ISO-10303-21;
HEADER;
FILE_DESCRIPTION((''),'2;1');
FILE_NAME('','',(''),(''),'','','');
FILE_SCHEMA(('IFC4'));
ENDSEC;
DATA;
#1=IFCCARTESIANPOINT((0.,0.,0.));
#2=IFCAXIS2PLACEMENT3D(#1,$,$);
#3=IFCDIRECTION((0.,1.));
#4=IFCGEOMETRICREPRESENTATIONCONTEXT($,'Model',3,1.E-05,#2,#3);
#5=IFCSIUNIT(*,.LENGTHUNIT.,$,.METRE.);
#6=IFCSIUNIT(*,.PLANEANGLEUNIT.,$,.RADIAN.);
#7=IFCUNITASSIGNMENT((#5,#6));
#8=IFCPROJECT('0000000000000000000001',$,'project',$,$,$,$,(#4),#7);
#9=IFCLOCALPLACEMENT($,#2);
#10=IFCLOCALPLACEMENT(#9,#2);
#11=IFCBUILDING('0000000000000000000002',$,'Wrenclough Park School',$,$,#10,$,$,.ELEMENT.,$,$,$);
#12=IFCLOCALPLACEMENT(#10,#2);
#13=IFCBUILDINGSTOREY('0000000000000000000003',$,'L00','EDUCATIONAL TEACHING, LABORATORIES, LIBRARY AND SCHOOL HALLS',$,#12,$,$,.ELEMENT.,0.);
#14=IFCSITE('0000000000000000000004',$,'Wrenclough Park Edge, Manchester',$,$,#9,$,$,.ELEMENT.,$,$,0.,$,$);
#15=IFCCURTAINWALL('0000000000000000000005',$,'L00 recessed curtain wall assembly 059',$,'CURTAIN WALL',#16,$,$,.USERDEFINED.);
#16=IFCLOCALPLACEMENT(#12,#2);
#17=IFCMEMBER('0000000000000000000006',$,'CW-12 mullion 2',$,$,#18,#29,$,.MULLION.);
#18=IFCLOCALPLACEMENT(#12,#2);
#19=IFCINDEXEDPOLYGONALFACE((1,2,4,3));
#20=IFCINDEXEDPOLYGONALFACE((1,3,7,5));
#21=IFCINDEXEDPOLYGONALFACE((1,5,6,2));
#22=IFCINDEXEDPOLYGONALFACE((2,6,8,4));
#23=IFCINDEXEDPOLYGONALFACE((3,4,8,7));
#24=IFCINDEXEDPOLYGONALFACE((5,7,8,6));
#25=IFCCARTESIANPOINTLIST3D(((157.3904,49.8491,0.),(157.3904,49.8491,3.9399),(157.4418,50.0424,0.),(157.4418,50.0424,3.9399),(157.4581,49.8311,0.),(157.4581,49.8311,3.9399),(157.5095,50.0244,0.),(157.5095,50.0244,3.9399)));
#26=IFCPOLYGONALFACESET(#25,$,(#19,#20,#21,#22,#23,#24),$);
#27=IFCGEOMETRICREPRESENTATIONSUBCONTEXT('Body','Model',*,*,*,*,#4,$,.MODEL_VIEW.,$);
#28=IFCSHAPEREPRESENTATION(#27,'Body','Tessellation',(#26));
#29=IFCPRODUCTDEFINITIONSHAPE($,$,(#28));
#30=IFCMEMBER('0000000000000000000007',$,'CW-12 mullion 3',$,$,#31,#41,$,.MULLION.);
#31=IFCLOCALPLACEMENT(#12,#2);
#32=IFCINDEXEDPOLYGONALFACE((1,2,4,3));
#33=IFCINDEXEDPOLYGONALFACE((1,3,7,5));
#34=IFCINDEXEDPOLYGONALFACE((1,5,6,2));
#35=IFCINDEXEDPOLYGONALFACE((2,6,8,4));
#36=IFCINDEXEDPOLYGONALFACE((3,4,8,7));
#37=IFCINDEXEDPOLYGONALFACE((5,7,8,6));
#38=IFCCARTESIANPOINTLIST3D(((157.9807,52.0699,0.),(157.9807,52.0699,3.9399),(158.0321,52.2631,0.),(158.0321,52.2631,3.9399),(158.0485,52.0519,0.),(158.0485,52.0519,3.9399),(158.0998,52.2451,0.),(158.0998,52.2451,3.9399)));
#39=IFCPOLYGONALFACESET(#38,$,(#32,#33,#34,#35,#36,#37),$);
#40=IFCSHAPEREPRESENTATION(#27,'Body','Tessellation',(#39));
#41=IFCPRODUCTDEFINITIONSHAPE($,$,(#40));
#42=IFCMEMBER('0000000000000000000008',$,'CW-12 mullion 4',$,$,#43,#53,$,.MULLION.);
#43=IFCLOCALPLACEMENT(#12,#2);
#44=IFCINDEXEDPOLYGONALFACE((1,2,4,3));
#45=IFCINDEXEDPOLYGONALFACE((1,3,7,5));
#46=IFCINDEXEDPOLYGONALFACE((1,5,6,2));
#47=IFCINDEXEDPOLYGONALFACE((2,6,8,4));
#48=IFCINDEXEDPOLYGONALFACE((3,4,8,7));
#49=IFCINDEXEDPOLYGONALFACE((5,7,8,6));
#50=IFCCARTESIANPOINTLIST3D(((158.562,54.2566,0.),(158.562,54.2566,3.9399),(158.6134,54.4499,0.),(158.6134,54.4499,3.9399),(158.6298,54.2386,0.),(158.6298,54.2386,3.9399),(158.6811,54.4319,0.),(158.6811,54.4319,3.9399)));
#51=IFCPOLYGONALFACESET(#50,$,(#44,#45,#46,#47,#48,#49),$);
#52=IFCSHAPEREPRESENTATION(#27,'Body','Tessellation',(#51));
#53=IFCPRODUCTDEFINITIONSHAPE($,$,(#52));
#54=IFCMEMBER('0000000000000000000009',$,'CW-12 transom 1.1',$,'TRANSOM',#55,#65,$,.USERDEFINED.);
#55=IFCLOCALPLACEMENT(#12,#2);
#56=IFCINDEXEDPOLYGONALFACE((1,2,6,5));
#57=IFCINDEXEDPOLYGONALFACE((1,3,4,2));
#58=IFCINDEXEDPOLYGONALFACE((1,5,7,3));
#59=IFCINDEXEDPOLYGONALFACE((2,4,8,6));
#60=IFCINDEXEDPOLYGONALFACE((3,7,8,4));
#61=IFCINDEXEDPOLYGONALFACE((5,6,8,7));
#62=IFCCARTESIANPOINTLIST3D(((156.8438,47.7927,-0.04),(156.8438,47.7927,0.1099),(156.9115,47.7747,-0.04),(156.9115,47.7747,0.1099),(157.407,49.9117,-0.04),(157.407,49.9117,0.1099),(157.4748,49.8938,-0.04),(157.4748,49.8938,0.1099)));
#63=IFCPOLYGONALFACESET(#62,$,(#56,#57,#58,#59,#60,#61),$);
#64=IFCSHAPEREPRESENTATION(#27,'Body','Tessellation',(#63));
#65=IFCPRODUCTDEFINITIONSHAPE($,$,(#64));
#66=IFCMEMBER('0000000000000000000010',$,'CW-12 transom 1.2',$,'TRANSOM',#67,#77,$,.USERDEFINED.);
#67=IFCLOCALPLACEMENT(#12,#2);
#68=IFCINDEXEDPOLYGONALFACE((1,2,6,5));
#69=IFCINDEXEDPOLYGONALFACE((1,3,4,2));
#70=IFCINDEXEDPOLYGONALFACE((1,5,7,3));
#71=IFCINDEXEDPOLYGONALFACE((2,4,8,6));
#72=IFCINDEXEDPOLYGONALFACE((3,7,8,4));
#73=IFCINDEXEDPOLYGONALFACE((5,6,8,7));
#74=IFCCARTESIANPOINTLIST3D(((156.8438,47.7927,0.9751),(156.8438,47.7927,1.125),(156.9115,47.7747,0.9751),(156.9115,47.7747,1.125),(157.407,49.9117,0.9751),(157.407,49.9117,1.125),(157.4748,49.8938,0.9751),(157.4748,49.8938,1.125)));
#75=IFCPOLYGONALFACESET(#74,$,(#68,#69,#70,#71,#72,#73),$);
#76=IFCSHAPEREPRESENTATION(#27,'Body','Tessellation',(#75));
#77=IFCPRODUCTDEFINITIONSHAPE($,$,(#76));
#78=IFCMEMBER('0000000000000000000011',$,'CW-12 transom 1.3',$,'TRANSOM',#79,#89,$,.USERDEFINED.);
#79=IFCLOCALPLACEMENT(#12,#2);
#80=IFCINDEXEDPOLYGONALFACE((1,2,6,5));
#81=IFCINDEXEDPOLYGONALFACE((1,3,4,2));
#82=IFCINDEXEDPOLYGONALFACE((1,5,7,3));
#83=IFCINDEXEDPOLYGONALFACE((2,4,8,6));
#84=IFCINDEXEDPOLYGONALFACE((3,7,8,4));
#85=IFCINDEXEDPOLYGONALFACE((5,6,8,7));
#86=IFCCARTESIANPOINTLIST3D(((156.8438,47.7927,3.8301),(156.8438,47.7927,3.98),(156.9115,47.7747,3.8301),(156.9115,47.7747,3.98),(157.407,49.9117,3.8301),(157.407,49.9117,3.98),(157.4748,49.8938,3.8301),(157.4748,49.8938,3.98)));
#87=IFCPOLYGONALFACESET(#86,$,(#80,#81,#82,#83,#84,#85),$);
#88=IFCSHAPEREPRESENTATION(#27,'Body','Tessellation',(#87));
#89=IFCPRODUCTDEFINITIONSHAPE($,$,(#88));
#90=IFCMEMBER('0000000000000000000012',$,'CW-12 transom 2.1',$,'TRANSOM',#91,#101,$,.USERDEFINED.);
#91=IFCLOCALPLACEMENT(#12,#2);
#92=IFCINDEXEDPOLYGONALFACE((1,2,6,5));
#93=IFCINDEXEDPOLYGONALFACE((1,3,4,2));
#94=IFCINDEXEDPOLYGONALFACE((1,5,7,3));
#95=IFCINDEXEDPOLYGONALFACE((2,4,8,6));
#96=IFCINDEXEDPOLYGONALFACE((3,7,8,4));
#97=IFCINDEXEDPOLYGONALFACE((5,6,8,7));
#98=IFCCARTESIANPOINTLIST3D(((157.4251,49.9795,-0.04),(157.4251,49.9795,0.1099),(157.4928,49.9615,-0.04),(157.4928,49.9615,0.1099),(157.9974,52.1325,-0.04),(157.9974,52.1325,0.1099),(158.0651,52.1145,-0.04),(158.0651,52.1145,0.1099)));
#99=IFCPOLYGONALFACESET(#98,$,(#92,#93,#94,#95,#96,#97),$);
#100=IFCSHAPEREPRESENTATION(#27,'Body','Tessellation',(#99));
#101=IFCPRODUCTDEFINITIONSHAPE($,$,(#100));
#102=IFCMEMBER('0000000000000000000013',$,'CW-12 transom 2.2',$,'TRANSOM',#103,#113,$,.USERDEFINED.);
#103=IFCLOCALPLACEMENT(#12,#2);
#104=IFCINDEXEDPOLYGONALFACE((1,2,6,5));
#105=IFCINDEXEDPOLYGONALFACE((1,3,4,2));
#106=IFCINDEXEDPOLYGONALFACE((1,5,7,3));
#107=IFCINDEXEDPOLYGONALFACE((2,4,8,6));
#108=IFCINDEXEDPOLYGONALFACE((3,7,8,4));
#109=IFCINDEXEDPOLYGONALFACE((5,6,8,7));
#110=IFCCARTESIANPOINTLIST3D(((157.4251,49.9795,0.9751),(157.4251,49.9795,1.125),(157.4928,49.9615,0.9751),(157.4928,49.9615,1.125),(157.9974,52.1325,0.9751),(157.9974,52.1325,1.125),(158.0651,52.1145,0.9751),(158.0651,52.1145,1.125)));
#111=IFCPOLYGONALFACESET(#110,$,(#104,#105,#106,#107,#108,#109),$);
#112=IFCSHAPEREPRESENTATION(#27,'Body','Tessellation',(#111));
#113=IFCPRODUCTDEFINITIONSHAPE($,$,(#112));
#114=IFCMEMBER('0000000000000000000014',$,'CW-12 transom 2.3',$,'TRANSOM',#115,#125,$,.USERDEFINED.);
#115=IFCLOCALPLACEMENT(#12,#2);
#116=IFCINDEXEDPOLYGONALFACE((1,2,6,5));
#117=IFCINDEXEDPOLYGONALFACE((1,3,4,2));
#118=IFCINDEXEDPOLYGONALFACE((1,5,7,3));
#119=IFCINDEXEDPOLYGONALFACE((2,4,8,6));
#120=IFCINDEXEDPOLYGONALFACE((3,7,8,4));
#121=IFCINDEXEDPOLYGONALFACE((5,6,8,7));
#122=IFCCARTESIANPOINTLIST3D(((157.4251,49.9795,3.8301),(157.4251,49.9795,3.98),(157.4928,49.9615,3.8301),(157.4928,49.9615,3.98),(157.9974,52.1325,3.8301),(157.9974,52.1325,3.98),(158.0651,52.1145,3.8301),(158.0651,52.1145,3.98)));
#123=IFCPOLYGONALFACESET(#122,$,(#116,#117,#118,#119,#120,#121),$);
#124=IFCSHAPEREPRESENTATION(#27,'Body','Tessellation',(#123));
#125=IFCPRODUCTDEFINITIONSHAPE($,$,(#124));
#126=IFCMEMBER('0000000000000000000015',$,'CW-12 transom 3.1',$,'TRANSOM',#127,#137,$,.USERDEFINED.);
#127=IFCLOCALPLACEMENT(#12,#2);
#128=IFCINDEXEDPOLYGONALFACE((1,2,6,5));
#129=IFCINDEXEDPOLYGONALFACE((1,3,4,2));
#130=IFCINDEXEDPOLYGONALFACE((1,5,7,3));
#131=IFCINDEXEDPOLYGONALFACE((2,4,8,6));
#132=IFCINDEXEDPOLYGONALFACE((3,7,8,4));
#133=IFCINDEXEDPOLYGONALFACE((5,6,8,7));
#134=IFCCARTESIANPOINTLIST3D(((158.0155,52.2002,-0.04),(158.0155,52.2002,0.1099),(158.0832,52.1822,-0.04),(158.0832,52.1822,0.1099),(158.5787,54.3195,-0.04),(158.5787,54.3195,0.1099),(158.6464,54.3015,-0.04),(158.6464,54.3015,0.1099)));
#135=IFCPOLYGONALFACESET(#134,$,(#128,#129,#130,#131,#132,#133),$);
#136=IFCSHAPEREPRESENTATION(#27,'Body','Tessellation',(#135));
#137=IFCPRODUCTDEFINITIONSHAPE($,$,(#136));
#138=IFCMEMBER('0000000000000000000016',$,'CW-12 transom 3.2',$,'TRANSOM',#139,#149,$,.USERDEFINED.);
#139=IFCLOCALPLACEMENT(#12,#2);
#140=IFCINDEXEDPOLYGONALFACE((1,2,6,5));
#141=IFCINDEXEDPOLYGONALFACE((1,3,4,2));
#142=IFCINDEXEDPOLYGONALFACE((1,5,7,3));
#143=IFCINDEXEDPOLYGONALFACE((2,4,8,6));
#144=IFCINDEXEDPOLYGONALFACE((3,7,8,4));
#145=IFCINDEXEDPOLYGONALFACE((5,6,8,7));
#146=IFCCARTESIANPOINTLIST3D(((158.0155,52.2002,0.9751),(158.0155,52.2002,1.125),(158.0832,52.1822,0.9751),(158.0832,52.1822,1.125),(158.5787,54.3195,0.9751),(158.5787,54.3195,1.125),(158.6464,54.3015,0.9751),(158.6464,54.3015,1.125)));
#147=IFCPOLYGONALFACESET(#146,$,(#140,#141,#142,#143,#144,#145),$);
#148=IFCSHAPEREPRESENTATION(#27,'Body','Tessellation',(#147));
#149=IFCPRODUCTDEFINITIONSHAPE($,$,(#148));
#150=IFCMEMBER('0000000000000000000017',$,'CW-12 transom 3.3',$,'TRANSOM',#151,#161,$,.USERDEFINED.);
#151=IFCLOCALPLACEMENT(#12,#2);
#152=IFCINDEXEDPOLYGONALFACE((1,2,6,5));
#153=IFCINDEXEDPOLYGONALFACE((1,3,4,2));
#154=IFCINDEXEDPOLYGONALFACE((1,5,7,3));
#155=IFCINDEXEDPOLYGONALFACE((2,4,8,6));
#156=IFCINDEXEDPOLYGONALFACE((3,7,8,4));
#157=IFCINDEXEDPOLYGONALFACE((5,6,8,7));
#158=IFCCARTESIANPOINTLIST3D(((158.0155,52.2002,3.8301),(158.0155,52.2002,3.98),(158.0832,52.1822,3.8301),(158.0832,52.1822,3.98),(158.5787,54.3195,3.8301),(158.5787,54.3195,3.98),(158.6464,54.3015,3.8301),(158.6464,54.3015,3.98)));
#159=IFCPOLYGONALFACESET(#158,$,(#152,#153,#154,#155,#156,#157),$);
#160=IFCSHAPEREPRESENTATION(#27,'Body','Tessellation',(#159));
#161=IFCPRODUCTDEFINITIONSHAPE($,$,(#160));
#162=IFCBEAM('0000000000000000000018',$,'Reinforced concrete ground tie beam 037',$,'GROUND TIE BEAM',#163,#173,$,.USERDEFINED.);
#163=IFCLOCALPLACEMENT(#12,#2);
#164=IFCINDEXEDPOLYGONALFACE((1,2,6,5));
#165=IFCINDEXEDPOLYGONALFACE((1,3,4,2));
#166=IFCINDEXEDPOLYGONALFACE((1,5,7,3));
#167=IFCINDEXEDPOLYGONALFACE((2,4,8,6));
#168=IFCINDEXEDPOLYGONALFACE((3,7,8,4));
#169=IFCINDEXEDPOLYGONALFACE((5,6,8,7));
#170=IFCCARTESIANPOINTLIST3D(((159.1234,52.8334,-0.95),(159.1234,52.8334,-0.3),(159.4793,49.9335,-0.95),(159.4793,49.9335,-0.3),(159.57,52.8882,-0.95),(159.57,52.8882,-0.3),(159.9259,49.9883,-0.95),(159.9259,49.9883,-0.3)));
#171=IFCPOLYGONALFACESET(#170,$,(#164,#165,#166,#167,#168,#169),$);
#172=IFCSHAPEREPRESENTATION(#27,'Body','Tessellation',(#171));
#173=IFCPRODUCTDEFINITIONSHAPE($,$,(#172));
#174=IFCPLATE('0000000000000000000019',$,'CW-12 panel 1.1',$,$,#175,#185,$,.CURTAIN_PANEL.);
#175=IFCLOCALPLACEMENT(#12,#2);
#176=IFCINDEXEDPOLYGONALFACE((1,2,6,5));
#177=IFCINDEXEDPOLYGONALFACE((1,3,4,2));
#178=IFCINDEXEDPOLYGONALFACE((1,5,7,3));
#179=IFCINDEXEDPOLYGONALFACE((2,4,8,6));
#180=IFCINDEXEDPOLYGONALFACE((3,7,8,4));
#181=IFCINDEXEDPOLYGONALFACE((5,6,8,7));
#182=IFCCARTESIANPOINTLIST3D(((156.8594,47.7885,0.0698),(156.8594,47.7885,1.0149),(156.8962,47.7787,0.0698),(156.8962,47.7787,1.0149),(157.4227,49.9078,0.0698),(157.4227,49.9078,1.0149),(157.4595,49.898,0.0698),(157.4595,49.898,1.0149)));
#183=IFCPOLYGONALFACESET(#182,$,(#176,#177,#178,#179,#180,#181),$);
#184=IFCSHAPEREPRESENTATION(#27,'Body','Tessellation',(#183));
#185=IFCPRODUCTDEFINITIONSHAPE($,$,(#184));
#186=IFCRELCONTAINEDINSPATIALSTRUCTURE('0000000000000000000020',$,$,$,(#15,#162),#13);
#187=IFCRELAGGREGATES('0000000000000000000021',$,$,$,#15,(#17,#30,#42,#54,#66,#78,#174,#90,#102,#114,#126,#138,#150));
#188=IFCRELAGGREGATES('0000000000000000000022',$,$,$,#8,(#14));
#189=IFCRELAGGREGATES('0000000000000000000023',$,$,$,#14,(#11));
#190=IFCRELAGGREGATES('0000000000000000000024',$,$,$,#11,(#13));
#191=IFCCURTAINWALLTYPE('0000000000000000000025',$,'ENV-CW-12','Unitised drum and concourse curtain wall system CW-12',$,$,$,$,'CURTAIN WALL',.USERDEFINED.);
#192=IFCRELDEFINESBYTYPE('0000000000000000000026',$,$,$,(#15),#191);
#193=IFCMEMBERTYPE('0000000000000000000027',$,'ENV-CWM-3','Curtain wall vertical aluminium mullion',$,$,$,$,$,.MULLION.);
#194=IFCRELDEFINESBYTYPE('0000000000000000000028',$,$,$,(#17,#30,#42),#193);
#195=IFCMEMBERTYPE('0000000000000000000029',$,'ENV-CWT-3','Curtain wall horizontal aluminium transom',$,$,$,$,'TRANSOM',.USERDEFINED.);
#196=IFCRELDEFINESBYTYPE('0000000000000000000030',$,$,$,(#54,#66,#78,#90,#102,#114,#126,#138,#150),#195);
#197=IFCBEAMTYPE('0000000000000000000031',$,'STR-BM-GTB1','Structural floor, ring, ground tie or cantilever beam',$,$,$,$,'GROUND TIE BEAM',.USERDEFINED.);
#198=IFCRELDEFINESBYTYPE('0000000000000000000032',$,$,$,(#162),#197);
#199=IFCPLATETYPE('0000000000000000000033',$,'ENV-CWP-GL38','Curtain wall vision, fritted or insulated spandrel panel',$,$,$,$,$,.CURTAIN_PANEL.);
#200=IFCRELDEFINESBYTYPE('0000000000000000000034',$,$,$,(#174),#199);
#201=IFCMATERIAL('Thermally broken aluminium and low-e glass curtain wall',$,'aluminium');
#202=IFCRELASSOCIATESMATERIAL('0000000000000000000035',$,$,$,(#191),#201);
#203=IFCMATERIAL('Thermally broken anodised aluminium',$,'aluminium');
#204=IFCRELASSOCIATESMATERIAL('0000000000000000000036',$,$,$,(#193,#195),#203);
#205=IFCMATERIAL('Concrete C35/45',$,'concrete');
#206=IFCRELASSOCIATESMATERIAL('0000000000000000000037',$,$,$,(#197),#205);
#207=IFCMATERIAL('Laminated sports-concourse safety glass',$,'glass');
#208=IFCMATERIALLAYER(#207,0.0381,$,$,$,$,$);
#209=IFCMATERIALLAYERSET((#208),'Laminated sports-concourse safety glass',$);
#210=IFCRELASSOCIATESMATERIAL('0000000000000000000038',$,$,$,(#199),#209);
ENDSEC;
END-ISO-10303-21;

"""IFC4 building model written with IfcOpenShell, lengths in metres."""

from ifc_helpers import new_model, si_unit, direction, frame, origin, origin_2d, place, context, subcontext, project, spatial, rectangle, extrude, material, layer, layer_set, material_profile, profile_set, type_object, element, aggregate, save


model = new_model("IFC4")

# Units and contexts
model_context = context("Model", 3, precision=1e-05, world=origin(), true_north=direction((0.0, 1.0)))
body_context = subcontext(model_context, "Body", "Model", "MODEL_VIEW")
ifc_project = project(units=[si_unit("LENGTHUNIT", "METRE"), si_unit("PLANEANGLEUNIT", "RADIAN")], contexts=[model_context])

# Site, building, storey
site_placement = place(None, origin())
site = spatial("IfcSite", under=ifc_project, at=site_placement, Name="Wrenclough Park Edge, Manchester", CompositionType="ELEMENT", RefElevation=0.0)
building_placement = place(site_placement, origin())
building = spatial("IfcBuilding", under=site, at=building_placement, Name="Wrenclough Park School", CompositionType="ELEMENT")
storey_placement = place(building_placement, origin())
storey = spatial("IfcBuildingStorey", under=building, at=storey_placement, Name="L00", Description="EDUCATIONAL TEACHING, LABORATORIES, LIBRARY AND SCHOOL HALLS", CompositionType="ELEMENT", Elevation=0.0)

# Shared definitions
ifc_material_1 = material(Name="Concrete C35/45", Category="concrete")

# Shared definitions
ifc_material_2 = material(Name="Thermally broken aluminium and low-e glass curtain wall", Category="aluminium")
ifc_material_3 = material(Name="Thermally broken anodised aluminium", Category="aluminium")

# Curtain wall, members
curtain_wall_type_1 = type_object("IfcCurtainWallType", Name="ENV-CW-12", Description="Unitised drum and concourse curtain wall system CW-12", ElementType="CURTAIN WALL", PredefinedType="USERDEFINED", material=ifc_material_2)
curtain_wall_1_placement = place(storey_placement, origin())
curtain_wall_1 = element("IfcCurtainWall", 1, at=curtain_wall_1_placement, inside=storey, type_object=curtain_wall_type_1, Name="L00 recessed curtain wall assembly 059", ObjectType="CURTAIN WALL", PredefinedType="USERDEFINED")
ifc_material_profile_1 = material_profile(ifc_material_3, rectangle(XDim=0.0701, YDim=0.2, at=origin_2d()), Name="AL MULLION 70x200")
ifc_profile_set_1 = profile_set([ifc_material_profile_1], Name="Thermally broken anodised aluminium")
member_type_1 = type_object("IfcMemberType", Name="ENV-CWM-3", Description="Curtain wall vertical aluminium mullion", PredefinedType="MULLION", material=ifc_profile_set_1)
member_1_placement = place(storey_placement, frame((157.45, 49.9368, 0.0), z_axis=(0.0, 0.0, 1.0), x_axis=(-0.966439, 0.256896, 0.0)))
member_1 = element("IfcMember", 2, at=member_1_placement, type_object=member_type_1, Name="CW-12 mullion 2", PredefinedType="MULLION", context=body_context, shape_type="SweptSolid", body=[
    extrude(rectangle(XDim=0.0701, YDim=0.2, at=origin_2d()), origin(), (0.0, 0.0, 1.0), 3.9399),
])
member_2_placement = place(storey_placement, frame((158.0403, 52.1575, 0.0), z_axis=(0.0, 0.0, 1.0), x_axis=(-0.966439, 0.256896, 0.0)))
member_2 = element("IfcMember", 3, at=member_2_placement, type_object=member_type_1, Name="CW-12 mullion 3", PredefinedType="MULLION", context=body_context, shape_type="SweptSolid", body=[
    extrude(rectangle(XDim=0.0701, YDim=0.2, at=origin_2d()), origin(), (0.0, 0.0, 1.0), 3.9399),
])
member_3_placement = place(storey_placement, frame((158.6216, 54.3442, 0.0), z_axis=(0.0, 0.0, 1.0), x_axis=(-0.966439, 0.256896, 0.0)))
member_3 = element("IfcMember", 4, at=member_3_placement, type_object=member_type_1, Name="CW-12 mullion 4", PredefinedType="MULLION", context=body_context, shape_type="SweptSolid", body=[
    extrude(rectangle(XDim=0.0701, YDim=0.2, at=origin_2d()), origin(), (0.0, 0.0, 1.0), 3.9399),
])
ifc_material_profile_2 = material_profile(ifc_material_3, rectangle(XDim=0.0701, YDim=0.1499, at=origin_2d()), Name="AL TRANSOM 70x150")
ifc_profile_set_2 = profile_set([ifc_material_profile_2], Name="Thermally broken anodised aluminium")
member_type_2 = type_object("IfcMemberType", Name="ENV-CWT-3", Description="Curtain wall horizontal aluminium transom", ElementType="TRANSOM", PredefinedType="USERDEFINED", material=ifc_profile_set_2)
member_4_placement = place(storey_placement, frame((156.8777, 47.7837, 0.0349), z_axis=(0.256866, 0.966447, 0.0), x_axis=(-0.966447, 0.256866, 0.0)))
member_4 = element("IfcMember", 5, at=member_4_placement, type_object=member_type_2, Name="CW-12 transom 1.1", ObjectType="TRANSOM", PredefinedType="USERDEFINED", context=body_context, shape_type="SweptSolid", body=[
    extrude(rectangle(XDim=0.0701, YDim=0.1499, at=origin_2d()), origin(), (0.0, 0.0, 1.0), 2.1926),
])
member_5_placement = place(storey_placement, frame((156.8777, 47.7837, 1.05), z_axis=(0.256866, 0.966447, 0.0), x_axis=(-0.966447, 0.256866, 0.0)))
member_5 = element("IfcMember", 6, at=member_5_placement, type_object=member_type_2, Name="CW-12 transom 1.2", ObjectType="TRANSOM", PredefinedType="USERDEFINED", context=body_context, shape_type="SweptSolid", body=[
    extrude(rectangle(XDim=0.0701, YDim=0.1499, at=origin_2d()), origin(), (0.0, 0.0, 1.0), 2.1926),
])
member_6_placement = place(storey_placement, frame((156.8777, 47.7837, 3.905), z_axis=(0.256866, 0.966447, 0.0), x_axis=(-0.966447, 0.256866, 0.0)))
member_6 = element("IfcMember", 7, at=member_6_placement, type_object=member_type_2, Name="CW-12 transom 1.3", ObjectType="TRANSOM", PredefinedType="USERDEFINED", context=body_context, shape_type="SweptSolid", body=[
    extrude(rectangle(XDim=0.0701, YDim=0.1499, at=origin_2d()), origin(), (0.0, 0.0, 1.0), 2.1926),
])
member_7_placement = place(storey_placement, frame((157.459, 49.9705, 0.0349), z_axis=(0.256871, 0.966446, 0.0), x_axis=(-0.966446, 0.256871, 0.0)))
member_7 = element("IfcMember", 8, at=member_7_placement, type_object=member_type_2, Name="CW-12 transom 2.1", ObjectType="TRANSOM", PredefinedType="USERDEFINED", context=body_context, shape_type="SweptSolid", body=[
    extrude(rectangle(XDim=0.0701, YDim=0.1499, at=origin_2d()), origin(), (0.0, 0.0, 1.0), 2.2278),
])
member_8_placement = place(storey_placement, frame((157.459, 49.9705, 1.05), z_axis=(0.256871, 0.966446, 0.0), x_axis=(-0.966446, 0.256871, 0.0)))
member_8 = element("IfcMember", 9, at=member_8_placement, type_object=member_type_2, Name="CW-12 transom 2.2", ObjectType="TRANSOM", PredefinedType="USERDEFINED", context=body_context, shape_type="SweptSolid", body=[
    extrude(rectangle(XDim=0.0701, YDim=0.1499, at=origin_2d()), origin(), (0.0, 0.0, 1.0), 2.2278),
])
member_9_placement = place(storey_placement, frame((157.459, 49.9705, 3.905), z_axis=(0.256871, 0.966446, 0.0), x_axis=(-0.966446, 0.256871, 0.0)))
member_9 = element("IfcMember", 10, at=member_9_placement, type_object=member_type_2, Name="CW-12 transom 2.3", ObjectType="TRANSOM", PredefinedType="USERDEFINED", context=body_context, shape_type="SweptSolid", body=[
    extrude(rectangle(XDim=0.0701, YDim=0.1499, at=origin_2d()), origin(), (0.0, 0.0, 1.0), 2.2278),
])
member_10_placement = place(storey_placement, frame((158.0493, 52.1912, 0.0349), z_axis=(0.256838, 0.966454, 0.0), x_axis=(-0.966454, 0.256838, 0.0)))
member_10 = element("IfcMember", 11, at=member_10_placement, type_object=member_type_2, Name="CW-12 transom 3.1", ObjectType="TRANSOM", PredefinedType="USERDEFINED", context=body_context, shape_type="SweptSolid", body=[
    extrude(rectangle(XDim=0.0701, YDim=0.1499, at=origin_2d()), origin(), (0.0, 0.0, 1.0), 2.1929),
])
member_11_placement = place(storey_placement, frame((158.0493, 52.1912, 1.05), z_axis=(0.256838, 0.966454, 0.0), x_axis=(-0.966454, 0.256838, 0.0)))
member_11 = element("IfcMember", 12, at=member_11_placement, type_object=member_type_2, Name="CW-12 transom 3.2", ObjectType="TRANSOM", PredefinedType="USERDEFINED", context=body_context, shape_type="SweptSolid", body=[
    extrude(rectangle(XDim=0.0701, YDim=0.1499, at=origin_2d()), origin(), (0.0, 0.0, 1.0), 2.1929),
])
member_12_placement = place(storey_placement, frame((158.0493, 52.1912, 3.905), z_axis=(0.256838, 0.966454, 0.0), x_axis=(-0.966454, 0.256838, 0.0)))
member_12 = element("IfcMember", 13, at=member_12_placement, type_object=member_type_2, Name="CW-12 transom 3.3", ObjectType="TRANSOM", PredefinedType="USERDEFINED", context=body_context, shape_type="SweptSolid", body=[
    extrude(rectangle(XDim=0.0701, YDim=0.1499, at=origin_2d()), origin(), (0.0, 0.0, 1.0), 2.1929),
])

# Beam
ifc_material_profile_3 = material_profile(ifc_material_1, rectangle(XDim=0.45, YDim=0.6499, at=origin_2d()), Name="RC GROUND 450x650")
ifc_profile_set_3 = profile_set([ifc_material_profile_3], Name="Concrete C35/45")
beam_type = type_object("IfcBeamType", Name="STR-BM-GTB1", Description="Structural floor, ring, ground tie or cantilever beam", ElementType="GROUND TIE BEAM", PredefinedType="USERDEFINED", material=ifc_profile_set_3)
beam_placement = place(storey_placement, frame((159.7026, 49.9609, -0.625), z_axis=(-0.121834, 0.992551, 0.0), x_axis=(-0.992551, -0.121834, 0.0)))
element("IfcBeam", 14, at=beam_placement, inside=storey, type_object=beam_type, Name="Reinforced concrete ground tie beam 037", ObjectType="GROUND TIE BEAM", PredefinedType="USERDEFINED", context=body_context, shape_type="SweptSolid", body=[
    extrude(rectangle(XDim=0.45, YDim=0.6499, at=origin_2d()), origin(), (0.0, 0.0, 1.0), 2.9216),
])

# Plate
ifc_material_4 = material(Name="Laminated sports-concourse safety glass", Category="glass")
ifc_layer_1 = layer(ifc_material_4, 0.0381)
ifc_layer_set_1 = layer_set([ifc_layer_1], Name="Laminated sports-concourse safety glass")
plate_type_1 = type_object("IfcPlateType", Name="ENV-CWP-GL38", Description="Curtain wall vision, fritted or insulated spandrel panel", PredefinedType="CURTAIN_PANEL", material=ifc_layer_set_1)
plate_1_placement = place(storey_placement, frame((157.1594, 48.8433, 0.0698), z_axis=(0.0, 0.0, 1.0), x_axis=(0.256896, 0.966439, 0.0)))
plate_1 = element("IfcPlate", 15, at=plate_1_placement, type_object=plate_type_1, Name="CW-12 panel 1.1", PredefinedType="CURTAIN_PANEL", context=body_context, shape_type="SweptSolid", body=[
    extrude(rectangle(XDim=2.1929, YDim=0.0381, at=origin_2d()), origin(), (0.0, 0.0, 1.0), 0.9451),
])
aggregate(curtain_wall_1, [member_1, member_2, member_3, member_4, member_5, member_6, plate_1, member_7, member_8, member_9, member_10, member_11, member_12])

save(model, "model.ifc")
